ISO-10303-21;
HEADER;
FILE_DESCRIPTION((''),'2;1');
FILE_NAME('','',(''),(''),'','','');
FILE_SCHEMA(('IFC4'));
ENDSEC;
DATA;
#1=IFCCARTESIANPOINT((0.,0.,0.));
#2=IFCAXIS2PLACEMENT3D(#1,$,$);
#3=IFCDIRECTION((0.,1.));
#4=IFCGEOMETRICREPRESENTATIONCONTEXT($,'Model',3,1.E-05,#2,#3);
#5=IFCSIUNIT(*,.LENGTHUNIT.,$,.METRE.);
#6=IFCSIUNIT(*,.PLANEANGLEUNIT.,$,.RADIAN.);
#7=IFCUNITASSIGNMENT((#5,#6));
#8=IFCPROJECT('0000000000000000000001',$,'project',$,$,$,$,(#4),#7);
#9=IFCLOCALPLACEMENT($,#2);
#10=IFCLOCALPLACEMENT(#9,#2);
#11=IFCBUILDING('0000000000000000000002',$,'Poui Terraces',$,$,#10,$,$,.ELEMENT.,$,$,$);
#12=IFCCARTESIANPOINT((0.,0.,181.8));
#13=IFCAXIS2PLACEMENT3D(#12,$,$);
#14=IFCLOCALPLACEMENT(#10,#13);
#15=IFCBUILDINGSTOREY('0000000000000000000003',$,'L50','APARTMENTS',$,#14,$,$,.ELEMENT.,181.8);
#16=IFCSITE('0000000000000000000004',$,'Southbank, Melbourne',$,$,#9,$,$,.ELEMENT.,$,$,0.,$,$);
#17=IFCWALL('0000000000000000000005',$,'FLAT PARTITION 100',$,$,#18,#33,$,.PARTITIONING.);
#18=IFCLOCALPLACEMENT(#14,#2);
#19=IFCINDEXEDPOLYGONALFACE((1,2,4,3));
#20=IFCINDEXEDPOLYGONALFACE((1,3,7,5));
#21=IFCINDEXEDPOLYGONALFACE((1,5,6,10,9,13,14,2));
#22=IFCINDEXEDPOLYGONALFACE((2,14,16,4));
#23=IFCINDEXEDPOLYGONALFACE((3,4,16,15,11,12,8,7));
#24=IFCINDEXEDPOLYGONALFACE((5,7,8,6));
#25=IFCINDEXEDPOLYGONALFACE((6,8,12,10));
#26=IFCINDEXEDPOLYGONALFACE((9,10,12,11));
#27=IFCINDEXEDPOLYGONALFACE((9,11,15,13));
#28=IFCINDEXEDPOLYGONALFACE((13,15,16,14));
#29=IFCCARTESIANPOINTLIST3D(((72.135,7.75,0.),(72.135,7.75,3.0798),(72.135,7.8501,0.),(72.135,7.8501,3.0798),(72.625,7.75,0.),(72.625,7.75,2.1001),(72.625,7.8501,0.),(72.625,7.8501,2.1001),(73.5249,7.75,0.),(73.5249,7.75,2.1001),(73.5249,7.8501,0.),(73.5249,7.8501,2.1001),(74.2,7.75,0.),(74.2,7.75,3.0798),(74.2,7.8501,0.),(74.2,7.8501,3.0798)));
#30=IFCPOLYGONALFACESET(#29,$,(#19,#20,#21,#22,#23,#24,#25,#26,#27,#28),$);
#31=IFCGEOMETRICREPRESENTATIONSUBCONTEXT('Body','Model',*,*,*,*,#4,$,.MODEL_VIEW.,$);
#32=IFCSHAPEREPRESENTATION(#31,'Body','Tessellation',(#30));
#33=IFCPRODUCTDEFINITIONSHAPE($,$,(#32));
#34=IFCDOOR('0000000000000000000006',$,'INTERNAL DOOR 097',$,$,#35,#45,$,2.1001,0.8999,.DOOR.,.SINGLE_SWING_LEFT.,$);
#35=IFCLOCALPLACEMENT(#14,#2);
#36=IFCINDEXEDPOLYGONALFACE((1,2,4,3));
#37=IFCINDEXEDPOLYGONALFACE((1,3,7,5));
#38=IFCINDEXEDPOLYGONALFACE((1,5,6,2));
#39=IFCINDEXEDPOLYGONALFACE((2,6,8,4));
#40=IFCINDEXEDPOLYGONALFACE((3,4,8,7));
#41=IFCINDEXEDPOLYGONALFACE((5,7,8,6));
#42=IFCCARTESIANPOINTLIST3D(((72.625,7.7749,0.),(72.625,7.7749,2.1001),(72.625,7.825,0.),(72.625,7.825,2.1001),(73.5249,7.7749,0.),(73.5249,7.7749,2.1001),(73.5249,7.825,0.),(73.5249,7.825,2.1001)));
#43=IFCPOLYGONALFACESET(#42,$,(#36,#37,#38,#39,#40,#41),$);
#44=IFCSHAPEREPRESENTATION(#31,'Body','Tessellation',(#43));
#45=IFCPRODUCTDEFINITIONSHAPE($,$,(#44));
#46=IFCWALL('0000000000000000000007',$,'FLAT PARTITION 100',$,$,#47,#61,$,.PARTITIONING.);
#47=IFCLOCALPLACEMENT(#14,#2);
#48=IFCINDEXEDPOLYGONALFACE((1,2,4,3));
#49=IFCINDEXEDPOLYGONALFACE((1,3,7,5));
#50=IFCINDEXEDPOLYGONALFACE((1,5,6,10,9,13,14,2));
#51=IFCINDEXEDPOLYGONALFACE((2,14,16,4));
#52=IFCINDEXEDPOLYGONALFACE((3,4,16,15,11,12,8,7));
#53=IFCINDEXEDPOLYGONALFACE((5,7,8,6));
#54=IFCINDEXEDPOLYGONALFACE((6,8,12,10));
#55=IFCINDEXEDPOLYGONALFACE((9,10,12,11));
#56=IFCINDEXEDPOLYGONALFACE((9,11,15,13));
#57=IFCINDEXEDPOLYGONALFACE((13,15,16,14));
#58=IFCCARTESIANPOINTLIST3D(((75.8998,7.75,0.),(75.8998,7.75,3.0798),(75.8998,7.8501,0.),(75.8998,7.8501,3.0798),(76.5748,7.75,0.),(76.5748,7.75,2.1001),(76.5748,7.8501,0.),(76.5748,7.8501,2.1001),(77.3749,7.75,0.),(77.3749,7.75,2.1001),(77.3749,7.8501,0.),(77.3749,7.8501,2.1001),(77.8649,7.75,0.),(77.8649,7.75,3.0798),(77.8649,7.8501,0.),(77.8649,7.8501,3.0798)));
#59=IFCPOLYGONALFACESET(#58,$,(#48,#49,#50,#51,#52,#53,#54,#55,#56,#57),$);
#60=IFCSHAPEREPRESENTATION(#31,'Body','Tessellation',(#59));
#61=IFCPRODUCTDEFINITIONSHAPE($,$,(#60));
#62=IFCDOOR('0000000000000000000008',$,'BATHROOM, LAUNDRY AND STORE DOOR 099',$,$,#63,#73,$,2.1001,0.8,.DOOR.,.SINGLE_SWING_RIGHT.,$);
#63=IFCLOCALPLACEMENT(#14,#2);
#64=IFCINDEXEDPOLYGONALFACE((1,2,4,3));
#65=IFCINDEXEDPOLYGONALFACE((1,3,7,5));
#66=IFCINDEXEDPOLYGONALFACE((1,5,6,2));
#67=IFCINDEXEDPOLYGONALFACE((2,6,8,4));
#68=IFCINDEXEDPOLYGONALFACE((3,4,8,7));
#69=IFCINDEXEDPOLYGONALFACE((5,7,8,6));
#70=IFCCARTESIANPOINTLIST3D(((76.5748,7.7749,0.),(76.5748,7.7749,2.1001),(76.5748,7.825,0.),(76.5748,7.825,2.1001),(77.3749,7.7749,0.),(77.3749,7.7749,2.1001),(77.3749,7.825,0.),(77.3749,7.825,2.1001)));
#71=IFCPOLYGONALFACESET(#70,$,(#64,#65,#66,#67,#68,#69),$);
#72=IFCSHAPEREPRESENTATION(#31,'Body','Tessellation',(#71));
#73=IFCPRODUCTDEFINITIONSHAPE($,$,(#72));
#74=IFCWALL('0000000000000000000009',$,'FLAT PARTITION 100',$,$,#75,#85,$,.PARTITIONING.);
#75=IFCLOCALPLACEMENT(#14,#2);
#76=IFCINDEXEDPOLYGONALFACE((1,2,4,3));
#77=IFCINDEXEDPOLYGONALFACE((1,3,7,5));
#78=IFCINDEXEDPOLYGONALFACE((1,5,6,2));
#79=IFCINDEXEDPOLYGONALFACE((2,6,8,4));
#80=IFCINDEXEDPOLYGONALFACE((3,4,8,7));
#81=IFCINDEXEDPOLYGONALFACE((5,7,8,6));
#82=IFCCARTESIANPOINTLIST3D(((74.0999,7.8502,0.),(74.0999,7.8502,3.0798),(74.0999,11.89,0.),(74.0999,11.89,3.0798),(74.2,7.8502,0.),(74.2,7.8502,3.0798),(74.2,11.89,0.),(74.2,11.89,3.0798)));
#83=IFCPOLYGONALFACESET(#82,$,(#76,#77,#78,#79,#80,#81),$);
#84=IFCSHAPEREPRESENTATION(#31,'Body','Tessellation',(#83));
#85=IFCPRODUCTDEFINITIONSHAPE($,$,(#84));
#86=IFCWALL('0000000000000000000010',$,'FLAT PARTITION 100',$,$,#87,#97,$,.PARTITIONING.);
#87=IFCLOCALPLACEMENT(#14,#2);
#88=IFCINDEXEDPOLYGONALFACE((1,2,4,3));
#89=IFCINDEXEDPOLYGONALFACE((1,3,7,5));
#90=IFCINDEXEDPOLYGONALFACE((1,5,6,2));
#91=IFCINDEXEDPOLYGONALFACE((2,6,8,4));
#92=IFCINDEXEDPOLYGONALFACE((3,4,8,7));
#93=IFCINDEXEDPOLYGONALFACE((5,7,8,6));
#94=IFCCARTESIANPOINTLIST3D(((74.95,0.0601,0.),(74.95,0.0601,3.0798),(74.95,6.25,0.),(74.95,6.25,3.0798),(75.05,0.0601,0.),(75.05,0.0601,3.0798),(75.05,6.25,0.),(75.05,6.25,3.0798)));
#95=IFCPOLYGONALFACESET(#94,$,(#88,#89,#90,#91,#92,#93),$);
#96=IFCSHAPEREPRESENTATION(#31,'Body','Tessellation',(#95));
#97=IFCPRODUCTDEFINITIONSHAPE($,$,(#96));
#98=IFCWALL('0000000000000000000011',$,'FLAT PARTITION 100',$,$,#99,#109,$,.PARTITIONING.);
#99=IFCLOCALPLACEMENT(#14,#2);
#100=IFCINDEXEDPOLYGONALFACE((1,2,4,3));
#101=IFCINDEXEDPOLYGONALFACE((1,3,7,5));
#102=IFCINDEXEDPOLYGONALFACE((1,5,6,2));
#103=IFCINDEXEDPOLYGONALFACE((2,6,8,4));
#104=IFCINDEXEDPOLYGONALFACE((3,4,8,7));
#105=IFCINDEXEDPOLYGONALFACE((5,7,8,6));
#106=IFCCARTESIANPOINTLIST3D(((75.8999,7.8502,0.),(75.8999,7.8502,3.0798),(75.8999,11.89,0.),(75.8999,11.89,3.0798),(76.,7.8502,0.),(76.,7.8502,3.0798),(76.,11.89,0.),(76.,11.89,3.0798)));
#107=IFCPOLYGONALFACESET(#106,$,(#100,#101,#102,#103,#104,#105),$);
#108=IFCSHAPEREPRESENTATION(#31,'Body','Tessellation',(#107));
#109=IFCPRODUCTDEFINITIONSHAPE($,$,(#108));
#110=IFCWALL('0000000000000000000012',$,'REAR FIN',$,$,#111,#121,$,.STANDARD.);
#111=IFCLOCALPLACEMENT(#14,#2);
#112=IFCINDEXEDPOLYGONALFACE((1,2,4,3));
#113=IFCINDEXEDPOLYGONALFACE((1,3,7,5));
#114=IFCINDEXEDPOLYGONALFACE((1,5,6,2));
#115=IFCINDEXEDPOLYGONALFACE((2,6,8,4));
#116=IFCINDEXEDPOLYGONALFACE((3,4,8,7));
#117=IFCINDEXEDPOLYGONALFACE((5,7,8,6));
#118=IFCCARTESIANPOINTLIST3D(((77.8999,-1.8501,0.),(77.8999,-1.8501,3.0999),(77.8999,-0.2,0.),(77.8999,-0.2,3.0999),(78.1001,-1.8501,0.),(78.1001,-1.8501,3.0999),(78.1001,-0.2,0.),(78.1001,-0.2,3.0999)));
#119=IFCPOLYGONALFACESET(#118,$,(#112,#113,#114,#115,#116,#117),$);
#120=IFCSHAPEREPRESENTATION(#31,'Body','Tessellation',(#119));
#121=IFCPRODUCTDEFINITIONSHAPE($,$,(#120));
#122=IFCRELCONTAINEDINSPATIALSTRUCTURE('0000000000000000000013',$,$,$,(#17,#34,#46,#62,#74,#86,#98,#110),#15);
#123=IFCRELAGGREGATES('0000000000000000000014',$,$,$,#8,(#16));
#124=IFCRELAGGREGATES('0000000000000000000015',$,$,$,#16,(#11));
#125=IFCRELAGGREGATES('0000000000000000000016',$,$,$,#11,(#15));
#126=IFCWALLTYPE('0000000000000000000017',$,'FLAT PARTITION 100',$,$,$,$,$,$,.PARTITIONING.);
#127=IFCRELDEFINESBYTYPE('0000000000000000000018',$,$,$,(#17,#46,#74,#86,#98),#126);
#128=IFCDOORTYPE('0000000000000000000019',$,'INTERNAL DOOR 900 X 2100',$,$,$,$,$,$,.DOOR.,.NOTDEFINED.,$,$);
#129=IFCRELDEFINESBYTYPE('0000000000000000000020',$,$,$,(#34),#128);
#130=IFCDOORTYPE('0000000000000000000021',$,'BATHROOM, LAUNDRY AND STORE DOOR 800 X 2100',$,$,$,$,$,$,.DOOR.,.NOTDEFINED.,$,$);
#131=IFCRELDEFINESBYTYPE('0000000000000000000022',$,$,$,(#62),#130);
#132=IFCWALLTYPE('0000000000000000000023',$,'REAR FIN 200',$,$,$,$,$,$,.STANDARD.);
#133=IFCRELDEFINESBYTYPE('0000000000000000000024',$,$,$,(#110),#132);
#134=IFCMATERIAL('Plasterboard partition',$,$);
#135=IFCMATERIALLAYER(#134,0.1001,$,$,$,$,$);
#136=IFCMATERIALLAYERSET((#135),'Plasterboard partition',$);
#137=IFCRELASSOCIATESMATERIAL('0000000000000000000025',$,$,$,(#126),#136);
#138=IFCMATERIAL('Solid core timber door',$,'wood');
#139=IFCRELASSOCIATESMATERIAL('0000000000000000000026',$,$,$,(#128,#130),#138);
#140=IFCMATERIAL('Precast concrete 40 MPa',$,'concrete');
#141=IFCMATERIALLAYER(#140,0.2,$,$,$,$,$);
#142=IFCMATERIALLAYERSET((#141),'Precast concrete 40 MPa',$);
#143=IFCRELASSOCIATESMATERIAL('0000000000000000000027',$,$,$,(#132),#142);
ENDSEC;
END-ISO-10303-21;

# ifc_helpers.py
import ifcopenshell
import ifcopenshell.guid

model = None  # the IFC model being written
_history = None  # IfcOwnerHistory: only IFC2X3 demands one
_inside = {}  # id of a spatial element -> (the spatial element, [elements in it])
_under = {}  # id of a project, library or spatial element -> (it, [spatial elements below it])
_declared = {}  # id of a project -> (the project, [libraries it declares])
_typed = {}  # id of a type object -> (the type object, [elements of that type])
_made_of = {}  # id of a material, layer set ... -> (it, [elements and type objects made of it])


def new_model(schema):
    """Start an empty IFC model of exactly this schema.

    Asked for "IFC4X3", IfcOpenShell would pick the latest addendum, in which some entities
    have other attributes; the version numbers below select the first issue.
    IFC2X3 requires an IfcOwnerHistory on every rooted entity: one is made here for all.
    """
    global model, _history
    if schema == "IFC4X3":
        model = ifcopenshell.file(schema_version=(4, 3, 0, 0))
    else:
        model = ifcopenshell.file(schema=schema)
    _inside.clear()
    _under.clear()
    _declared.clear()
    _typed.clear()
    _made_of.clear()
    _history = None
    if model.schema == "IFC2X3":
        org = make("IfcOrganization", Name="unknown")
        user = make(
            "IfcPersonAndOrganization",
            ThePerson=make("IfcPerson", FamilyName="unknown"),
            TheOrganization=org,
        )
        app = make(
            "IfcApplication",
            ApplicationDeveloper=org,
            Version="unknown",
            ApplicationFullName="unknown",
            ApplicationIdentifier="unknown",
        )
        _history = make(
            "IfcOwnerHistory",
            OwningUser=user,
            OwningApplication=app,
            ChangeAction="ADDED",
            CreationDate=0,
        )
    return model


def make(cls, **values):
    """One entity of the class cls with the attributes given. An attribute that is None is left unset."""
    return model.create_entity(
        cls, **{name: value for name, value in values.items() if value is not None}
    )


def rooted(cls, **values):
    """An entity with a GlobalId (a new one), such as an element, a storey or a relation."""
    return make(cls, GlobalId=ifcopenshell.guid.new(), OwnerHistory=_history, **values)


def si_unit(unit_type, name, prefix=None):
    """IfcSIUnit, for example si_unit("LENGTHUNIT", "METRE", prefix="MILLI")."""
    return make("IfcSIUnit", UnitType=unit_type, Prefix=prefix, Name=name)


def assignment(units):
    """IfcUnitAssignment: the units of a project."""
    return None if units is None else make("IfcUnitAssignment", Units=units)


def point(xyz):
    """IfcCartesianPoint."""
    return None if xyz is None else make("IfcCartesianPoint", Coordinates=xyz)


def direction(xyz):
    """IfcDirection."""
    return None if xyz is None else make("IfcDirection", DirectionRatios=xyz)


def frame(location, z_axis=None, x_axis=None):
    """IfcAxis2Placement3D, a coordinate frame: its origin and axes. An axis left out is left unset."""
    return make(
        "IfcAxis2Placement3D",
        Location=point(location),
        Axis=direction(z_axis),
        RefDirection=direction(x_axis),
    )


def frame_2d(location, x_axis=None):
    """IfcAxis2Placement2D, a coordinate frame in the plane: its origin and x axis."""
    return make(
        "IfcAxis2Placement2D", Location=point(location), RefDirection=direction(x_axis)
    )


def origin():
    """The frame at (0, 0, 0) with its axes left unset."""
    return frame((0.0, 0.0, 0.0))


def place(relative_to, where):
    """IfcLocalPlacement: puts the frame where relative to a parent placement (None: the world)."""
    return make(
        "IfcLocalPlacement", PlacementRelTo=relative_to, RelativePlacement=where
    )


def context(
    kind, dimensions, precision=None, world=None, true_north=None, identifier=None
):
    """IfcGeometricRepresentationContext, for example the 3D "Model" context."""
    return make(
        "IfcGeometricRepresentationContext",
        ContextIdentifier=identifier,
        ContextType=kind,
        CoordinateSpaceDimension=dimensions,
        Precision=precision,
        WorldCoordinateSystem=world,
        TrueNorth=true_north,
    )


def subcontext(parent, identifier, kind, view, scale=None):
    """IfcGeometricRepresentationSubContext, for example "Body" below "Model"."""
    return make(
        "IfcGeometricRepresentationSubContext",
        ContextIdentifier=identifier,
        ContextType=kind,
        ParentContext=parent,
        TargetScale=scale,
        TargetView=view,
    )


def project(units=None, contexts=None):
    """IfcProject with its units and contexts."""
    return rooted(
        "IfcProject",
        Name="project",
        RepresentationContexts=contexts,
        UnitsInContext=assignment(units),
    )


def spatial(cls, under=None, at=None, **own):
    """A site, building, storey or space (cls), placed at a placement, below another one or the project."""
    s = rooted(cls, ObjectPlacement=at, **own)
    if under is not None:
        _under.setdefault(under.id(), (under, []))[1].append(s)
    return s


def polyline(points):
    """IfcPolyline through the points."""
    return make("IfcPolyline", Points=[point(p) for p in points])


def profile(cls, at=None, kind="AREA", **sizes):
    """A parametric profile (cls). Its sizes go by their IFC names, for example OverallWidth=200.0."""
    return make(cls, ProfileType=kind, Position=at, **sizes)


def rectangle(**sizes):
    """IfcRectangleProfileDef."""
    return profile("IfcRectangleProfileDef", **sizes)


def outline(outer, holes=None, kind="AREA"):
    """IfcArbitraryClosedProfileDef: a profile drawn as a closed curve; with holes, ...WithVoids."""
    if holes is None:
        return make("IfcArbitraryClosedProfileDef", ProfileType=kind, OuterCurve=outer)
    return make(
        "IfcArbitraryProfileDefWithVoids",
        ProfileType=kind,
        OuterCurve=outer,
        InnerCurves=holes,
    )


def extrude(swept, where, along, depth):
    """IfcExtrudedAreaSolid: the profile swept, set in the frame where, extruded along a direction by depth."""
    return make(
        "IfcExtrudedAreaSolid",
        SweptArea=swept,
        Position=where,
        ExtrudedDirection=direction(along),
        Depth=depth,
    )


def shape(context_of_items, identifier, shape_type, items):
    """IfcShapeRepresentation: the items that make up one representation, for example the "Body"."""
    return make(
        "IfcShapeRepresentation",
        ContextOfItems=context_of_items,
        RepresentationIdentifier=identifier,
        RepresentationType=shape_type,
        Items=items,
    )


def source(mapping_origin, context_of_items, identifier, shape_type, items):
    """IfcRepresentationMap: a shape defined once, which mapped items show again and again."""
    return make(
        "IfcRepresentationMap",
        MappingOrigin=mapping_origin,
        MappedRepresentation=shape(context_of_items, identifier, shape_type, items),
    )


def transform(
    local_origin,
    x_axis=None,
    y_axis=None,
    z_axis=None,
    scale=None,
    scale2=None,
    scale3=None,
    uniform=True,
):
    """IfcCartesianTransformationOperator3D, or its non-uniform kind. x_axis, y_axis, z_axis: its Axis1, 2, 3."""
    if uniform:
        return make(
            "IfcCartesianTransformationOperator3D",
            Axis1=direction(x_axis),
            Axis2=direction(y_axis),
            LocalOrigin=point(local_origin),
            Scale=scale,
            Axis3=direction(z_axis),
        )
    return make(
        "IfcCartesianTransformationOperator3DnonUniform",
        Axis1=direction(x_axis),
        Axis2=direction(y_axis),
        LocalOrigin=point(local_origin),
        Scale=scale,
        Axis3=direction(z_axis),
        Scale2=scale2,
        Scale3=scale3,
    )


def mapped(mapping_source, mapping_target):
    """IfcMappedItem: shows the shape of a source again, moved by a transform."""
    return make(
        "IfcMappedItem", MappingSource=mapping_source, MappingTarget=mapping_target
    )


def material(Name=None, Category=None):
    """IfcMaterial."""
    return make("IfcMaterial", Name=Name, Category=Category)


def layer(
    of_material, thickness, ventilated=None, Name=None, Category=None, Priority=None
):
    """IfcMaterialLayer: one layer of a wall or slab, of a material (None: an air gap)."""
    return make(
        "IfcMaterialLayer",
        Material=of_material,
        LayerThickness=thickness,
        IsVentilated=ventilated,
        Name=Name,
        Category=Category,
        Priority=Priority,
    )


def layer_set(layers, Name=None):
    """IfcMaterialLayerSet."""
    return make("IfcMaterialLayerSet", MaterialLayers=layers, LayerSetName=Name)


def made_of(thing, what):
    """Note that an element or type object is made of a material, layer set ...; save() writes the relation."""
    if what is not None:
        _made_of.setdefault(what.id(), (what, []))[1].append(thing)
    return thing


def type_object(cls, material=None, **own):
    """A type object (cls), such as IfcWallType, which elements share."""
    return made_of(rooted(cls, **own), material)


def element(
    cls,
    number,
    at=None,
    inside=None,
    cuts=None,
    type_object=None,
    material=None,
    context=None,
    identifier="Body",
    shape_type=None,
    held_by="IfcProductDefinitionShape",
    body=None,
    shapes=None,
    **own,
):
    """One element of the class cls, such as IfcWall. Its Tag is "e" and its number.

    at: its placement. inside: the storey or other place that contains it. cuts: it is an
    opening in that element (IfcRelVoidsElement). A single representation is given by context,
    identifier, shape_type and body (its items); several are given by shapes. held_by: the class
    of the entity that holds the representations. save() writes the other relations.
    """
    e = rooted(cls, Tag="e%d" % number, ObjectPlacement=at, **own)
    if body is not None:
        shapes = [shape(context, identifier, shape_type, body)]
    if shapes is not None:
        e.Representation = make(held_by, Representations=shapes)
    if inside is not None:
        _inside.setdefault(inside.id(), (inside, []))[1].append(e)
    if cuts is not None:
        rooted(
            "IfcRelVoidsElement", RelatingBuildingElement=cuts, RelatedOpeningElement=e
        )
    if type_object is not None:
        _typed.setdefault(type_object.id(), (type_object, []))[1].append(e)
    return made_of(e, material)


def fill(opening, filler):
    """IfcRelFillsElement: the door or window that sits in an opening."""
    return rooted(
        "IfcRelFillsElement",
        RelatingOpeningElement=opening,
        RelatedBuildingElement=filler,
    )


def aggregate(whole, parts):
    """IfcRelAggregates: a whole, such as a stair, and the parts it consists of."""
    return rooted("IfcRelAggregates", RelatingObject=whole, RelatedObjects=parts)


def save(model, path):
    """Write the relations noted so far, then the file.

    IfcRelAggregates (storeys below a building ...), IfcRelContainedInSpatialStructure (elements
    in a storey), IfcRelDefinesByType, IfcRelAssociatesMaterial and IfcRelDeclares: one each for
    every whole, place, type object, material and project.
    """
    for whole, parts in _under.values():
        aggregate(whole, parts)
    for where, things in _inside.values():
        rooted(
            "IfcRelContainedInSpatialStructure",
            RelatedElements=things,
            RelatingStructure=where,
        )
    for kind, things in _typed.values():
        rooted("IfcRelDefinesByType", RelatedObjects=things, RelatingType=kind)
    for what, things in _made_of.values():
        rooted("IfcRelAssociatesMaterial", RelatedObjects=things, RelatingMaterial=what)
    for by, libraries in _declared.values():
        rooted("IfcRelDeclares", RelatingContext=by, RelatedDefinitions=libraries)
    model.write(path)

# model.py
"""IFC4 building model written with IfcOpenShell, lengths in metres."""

from ifc_helpers import new_model, si_unit, direction, frame, frame_2d, origin, place, context, subcontext, project, spatial, polyline, rectangle, outline, extrude, source, transform, mapped, material, layer, layer_set, type_object, element, fill, save


model = new_model("IFC4")

# Units and contexts
model_context = context("Model", 3, precision=1e-05, world=origin(), true_north=direction((0.0, 1.0)))
body_context = subcontext(model_context, "Body", "Model", "MODEL_VIEW")
ifc_project = project(units=[si_unit("LENGTHUNIT", "METRE"), si_unit("PLANEANGLEUNIT", "RADIAN")], contexts=[model_context])

# Site, building, storey
site_placement = place(None, origin())
site = spatial("IfcSite", under=ifc_project, at=site_placement, Name="Southbank, Melbourne", CompositionType="ELEMENT", RefElevation=0.0)
building_placement = place(site_placement, origin())
building = spatial("IfcBuilding", under=site, at=building_placement, Name="Poui Terraces", CompositionType="ELEMENT")
storey_placement = place(building_placement, frame((0.0, 0.0, 181.8)))
storey = spatial("IfcBuildingStorey", under=building, at=storey_placement, Name="L50", Description="APARTMENTS", CompositionType="ELEMENT", Elevation=181.8)

# Walls, openings, doors
ifc_material_1 = material(Name="Plasterboard partition")
ifc_layer_1 = layer(ifc_material_1, 0.1001)
ifc_layer_set_1 = layer_set([ifc_layer_1], Name="Plasterboard partition")
wall_type_1 = type_object("IfcWallType", Name="FLAT PARTITION 100", PredefinedType="PARTITIONING", material=ifc_layer_set_1)
ifc_material_2 = material(Name="Solid core timber door", Category="wood")
door_type_1 = type_object("IfcDoorType", Name="INTERNAL DOOR 900 X 2100", OperationType="NOTDEFINED", PredefinedType="DOOR", material=ifc_material_2)
wall_1_placement = place(storey_placement, frame((72.135, 7.8, 0.0), z_axis=(0.0, 0.0, 1.0), x_axis=(1.0, 0.0, 0.0)))
wall_1 = element("IfcWall", 1, at=wall_1_placement, inside=storey, type_object=wall_type_1, Name="FLAT PARTITION 100", PredefinedType="PARTITIONING", context=body_context, shape_type="SweptSolid", body=[
    extrude(rectangle(XDim=2.0649, YDim=0.1001, at=frame_2d((1.0325, 0.0))), origin(), (0.0, 0.0, 1.0), 3.0798),
])
opening_1_placement = place(wall_1_placement, frame((0.49, 0.0, 0.0)))
opening_1 = element("IfcOpeningElement", 2, at=opening_1_placement, cuts=wall_1, PredefinedType="OPENING", context=body_context, shape_type="SweptSolid", body=[
    extrude(rectangle(XDim=0.8999, YDim=2.1001, at=frame_2d((0.45, 1.05))), frame((0.0, 0.0601, 0.0), z_axis=(0.0, -1.0, 0.0), x_axis=(1.0, 0.0, 0.0)), (0.0, 0.0, 1.0), 0.1201),
])
door_1_placement = place(opening_1_placement, origin())
door_1 = element("IfcDoor", 3, at=door_1_placement, inside=storey, type_object=door_type_1, Name="INTERNAL DOOR 097", OperationType="SINGLE_SWING_LEFT", OverallHeight=2.1001, OverallWidth=0.8999, PredefinedType="DOOR", context=body_context, shape_type="SweptSolid", body=[
    extrude(rectangle(XDim=0.8999, YDim=2.1001, at=frame_2d((0.45, 1.05))), frame((0.0, 0.0249, 0.0), z_axis=(0.0, -1.0, 0.0), x_axis=(1.0, 0.0, 0.0)), (0.0, 0.0, 1.0), 0.05),
])
fill(opening_1, door_1)
wall_2_placement = place(storey_placement, frame((75.8999, 7.8, 0.0), z_axis=(0.0, 0.0, 1.0), x_axis=(1.0, 0.0, 0.0)))
wall_2 = element("IfcWall", 4, at=wall_2_placement, inside=storey, type_object=wall_type_1, Name="FLAT PARTITION 100", PredefinedType="PARTITIONING", context=body_context, shape_type="SweptSolid", body=[
    extrude(rectangle(XDim=1.9651, YDim=0.1001, at=frame_2d((0.9824, 0.0))), origin(), (0.0, 0.0, 1.0), 3.0798),
])
opening_2_placement = place(wall_2_placement, frame((0.675, 0.0, 0.0)))
opening_2 = element("IfcOpeningElement", 5, at=opening_2_placement, cuts=wall_2, PredefinedType="OPENING", context=body_context, shape_type="SweptSolid", body=[
    extrude(rectangle(XDim=0.8, YDim=2.1001, at=frame_2d((0.3999, 1.05))), frame((0.0, 0.0601, 0.0), z_axis=(0.0, -1.0, 0.0), x_axis=(1.0, 0.0, 0.0)), (0.0, 0.0, 1.0), 0.1201),
])
door_type_2 = type_object("IfcDoorType", Name="BATHROOM, LAUNDRY AND STORE DOOR 800 X 2100", OperationType="NOTDEFINED", PredefinedType="DOOR", material=ifc_material_2)
door_2_placement = place(opening_2_placement, origin())
door_2 = element("IfcDoor", 6, at=door_2_placement, inside=storey, type_object=door_type_2, Name="BATHROOM, LAUNDRY AND STORE DOOR 099", OperationType="SINGLE_SWING_RIGHT", OverallHeight=2.1001, OverallWidth=0.8, PredefinedType="DOOR", context=body_context, shape_type="SweptSolid", body=[
    extrude(rectangle(XDim=0.8, YDim=2.1001, at=frame_2d((0.3999, 1.05))), frame((0.0, 0.0249, 0.0), z_axis=(0.0, -1.0, 0.0), x_axis=(1.0, 0.0, 0.0)), (0.0, 0.0, 1.0), 0.05),
])
fill(opening_2, door_2)

# Walls
wall_3_placement = place(storey_placement, frame((74.1499, 7.8501, 0.0), z_axis=(0.0, 0.0, 1.0), x_axis=(0.0, 1.0, 0.0)))
element("IfcWall", 7, at=wall_3_placement, inside=storey, type_object=wall_type_1, Name="FLAT PARTITION 100", PredefinedType="PARTITIONING", context=body_context, shape_type="SweptSolid", body=[
    extrude(rectangle(XDim=4.0398, YDim=0.1001, at=frame_2d((2.02, 0.0))), origin(), (0.0, 0.0, 1.0), 3.0798),
])
wall_4_placement = place(storey_placement, frame((75.0, 0.0601, 0.0), z_axis=(0.0, 0.0, 1.0), x_axis=(0.0, 1.0, 0.0)))
element("IfcWall", 8, at=wall_4_placement, inside=storey, type_object=wall_type_1, Name="FLAT PARTITION 100", PredefinedType="PARTITIONING", context=body_context, shape_type="SweptSolid", body=[
    extrude(rectangle(XDim=6.1899, YDim=0.1001, at=frame_2d((3.095, 0.0))), origin(), (0.0, 0.0, 1.0), 3.0798),
])
wall_5_placement = place(storey_placement, frame((75.95, 7.8501, 0.0), z_axis=(0.0, 0.0, 1.0), x_axis=(0.0, 1.0, 0.0)))
element("IfcWall", 9, at=wall_5_placement, inside=storey, type_object=wall_type_1, Name="FLAT PARTITION 100", PredefinedType="PARTITIONING", context=body_context, shape_type="SweptSolid", body=[
    extrude(rectangle(XDim=4.0398, YDim=0.1001, at=frame_2d((2.02, 0.0))), origin(), (0.0, 0.0, 1.0), 3.0798),
])
ifc_material_3 = material(Name="Precast concrete 40 MPa", Category="concrete")
ifc_layer_2 = layer(ifc_material_3, 0.2)
ifc_layer_set_2 = layer_set([ifc_layer_2], Name="Precast concrete 40 MPa")
wall_type_2 = type_object("IfcWallType", Name="REAR FIN 200", PredefinedType="STANDARD", material=ifc_layer_set_2)
shared_shape_1 = source(origin(), body_context, "Body", "SweptSolid", [
    extrude(outline(polyline([(0.0, 0.0), (0.2002, 0.0), (0.2002, 1.6501), (0.0, 1.6501), (0.0, 0.0)])), origin(), (0.0, 0.0, 1.0), 3.0999),
])
wall_6_placement = place(storey_placement, frame((77.8999, -1.8501, 0.0)))
element("IfcWall", 10, at=wall_6_placement, inside=storey, type_object=wall_type_2, Name="REAR FIN", PredefinedType="STANDARD", context=body_context, shape_type="MappedRepresentation", body=[
    mapped(shared_shape_1, transform((0.0, 0.0, 0.0))),
])

save(model, "model.ifc")
